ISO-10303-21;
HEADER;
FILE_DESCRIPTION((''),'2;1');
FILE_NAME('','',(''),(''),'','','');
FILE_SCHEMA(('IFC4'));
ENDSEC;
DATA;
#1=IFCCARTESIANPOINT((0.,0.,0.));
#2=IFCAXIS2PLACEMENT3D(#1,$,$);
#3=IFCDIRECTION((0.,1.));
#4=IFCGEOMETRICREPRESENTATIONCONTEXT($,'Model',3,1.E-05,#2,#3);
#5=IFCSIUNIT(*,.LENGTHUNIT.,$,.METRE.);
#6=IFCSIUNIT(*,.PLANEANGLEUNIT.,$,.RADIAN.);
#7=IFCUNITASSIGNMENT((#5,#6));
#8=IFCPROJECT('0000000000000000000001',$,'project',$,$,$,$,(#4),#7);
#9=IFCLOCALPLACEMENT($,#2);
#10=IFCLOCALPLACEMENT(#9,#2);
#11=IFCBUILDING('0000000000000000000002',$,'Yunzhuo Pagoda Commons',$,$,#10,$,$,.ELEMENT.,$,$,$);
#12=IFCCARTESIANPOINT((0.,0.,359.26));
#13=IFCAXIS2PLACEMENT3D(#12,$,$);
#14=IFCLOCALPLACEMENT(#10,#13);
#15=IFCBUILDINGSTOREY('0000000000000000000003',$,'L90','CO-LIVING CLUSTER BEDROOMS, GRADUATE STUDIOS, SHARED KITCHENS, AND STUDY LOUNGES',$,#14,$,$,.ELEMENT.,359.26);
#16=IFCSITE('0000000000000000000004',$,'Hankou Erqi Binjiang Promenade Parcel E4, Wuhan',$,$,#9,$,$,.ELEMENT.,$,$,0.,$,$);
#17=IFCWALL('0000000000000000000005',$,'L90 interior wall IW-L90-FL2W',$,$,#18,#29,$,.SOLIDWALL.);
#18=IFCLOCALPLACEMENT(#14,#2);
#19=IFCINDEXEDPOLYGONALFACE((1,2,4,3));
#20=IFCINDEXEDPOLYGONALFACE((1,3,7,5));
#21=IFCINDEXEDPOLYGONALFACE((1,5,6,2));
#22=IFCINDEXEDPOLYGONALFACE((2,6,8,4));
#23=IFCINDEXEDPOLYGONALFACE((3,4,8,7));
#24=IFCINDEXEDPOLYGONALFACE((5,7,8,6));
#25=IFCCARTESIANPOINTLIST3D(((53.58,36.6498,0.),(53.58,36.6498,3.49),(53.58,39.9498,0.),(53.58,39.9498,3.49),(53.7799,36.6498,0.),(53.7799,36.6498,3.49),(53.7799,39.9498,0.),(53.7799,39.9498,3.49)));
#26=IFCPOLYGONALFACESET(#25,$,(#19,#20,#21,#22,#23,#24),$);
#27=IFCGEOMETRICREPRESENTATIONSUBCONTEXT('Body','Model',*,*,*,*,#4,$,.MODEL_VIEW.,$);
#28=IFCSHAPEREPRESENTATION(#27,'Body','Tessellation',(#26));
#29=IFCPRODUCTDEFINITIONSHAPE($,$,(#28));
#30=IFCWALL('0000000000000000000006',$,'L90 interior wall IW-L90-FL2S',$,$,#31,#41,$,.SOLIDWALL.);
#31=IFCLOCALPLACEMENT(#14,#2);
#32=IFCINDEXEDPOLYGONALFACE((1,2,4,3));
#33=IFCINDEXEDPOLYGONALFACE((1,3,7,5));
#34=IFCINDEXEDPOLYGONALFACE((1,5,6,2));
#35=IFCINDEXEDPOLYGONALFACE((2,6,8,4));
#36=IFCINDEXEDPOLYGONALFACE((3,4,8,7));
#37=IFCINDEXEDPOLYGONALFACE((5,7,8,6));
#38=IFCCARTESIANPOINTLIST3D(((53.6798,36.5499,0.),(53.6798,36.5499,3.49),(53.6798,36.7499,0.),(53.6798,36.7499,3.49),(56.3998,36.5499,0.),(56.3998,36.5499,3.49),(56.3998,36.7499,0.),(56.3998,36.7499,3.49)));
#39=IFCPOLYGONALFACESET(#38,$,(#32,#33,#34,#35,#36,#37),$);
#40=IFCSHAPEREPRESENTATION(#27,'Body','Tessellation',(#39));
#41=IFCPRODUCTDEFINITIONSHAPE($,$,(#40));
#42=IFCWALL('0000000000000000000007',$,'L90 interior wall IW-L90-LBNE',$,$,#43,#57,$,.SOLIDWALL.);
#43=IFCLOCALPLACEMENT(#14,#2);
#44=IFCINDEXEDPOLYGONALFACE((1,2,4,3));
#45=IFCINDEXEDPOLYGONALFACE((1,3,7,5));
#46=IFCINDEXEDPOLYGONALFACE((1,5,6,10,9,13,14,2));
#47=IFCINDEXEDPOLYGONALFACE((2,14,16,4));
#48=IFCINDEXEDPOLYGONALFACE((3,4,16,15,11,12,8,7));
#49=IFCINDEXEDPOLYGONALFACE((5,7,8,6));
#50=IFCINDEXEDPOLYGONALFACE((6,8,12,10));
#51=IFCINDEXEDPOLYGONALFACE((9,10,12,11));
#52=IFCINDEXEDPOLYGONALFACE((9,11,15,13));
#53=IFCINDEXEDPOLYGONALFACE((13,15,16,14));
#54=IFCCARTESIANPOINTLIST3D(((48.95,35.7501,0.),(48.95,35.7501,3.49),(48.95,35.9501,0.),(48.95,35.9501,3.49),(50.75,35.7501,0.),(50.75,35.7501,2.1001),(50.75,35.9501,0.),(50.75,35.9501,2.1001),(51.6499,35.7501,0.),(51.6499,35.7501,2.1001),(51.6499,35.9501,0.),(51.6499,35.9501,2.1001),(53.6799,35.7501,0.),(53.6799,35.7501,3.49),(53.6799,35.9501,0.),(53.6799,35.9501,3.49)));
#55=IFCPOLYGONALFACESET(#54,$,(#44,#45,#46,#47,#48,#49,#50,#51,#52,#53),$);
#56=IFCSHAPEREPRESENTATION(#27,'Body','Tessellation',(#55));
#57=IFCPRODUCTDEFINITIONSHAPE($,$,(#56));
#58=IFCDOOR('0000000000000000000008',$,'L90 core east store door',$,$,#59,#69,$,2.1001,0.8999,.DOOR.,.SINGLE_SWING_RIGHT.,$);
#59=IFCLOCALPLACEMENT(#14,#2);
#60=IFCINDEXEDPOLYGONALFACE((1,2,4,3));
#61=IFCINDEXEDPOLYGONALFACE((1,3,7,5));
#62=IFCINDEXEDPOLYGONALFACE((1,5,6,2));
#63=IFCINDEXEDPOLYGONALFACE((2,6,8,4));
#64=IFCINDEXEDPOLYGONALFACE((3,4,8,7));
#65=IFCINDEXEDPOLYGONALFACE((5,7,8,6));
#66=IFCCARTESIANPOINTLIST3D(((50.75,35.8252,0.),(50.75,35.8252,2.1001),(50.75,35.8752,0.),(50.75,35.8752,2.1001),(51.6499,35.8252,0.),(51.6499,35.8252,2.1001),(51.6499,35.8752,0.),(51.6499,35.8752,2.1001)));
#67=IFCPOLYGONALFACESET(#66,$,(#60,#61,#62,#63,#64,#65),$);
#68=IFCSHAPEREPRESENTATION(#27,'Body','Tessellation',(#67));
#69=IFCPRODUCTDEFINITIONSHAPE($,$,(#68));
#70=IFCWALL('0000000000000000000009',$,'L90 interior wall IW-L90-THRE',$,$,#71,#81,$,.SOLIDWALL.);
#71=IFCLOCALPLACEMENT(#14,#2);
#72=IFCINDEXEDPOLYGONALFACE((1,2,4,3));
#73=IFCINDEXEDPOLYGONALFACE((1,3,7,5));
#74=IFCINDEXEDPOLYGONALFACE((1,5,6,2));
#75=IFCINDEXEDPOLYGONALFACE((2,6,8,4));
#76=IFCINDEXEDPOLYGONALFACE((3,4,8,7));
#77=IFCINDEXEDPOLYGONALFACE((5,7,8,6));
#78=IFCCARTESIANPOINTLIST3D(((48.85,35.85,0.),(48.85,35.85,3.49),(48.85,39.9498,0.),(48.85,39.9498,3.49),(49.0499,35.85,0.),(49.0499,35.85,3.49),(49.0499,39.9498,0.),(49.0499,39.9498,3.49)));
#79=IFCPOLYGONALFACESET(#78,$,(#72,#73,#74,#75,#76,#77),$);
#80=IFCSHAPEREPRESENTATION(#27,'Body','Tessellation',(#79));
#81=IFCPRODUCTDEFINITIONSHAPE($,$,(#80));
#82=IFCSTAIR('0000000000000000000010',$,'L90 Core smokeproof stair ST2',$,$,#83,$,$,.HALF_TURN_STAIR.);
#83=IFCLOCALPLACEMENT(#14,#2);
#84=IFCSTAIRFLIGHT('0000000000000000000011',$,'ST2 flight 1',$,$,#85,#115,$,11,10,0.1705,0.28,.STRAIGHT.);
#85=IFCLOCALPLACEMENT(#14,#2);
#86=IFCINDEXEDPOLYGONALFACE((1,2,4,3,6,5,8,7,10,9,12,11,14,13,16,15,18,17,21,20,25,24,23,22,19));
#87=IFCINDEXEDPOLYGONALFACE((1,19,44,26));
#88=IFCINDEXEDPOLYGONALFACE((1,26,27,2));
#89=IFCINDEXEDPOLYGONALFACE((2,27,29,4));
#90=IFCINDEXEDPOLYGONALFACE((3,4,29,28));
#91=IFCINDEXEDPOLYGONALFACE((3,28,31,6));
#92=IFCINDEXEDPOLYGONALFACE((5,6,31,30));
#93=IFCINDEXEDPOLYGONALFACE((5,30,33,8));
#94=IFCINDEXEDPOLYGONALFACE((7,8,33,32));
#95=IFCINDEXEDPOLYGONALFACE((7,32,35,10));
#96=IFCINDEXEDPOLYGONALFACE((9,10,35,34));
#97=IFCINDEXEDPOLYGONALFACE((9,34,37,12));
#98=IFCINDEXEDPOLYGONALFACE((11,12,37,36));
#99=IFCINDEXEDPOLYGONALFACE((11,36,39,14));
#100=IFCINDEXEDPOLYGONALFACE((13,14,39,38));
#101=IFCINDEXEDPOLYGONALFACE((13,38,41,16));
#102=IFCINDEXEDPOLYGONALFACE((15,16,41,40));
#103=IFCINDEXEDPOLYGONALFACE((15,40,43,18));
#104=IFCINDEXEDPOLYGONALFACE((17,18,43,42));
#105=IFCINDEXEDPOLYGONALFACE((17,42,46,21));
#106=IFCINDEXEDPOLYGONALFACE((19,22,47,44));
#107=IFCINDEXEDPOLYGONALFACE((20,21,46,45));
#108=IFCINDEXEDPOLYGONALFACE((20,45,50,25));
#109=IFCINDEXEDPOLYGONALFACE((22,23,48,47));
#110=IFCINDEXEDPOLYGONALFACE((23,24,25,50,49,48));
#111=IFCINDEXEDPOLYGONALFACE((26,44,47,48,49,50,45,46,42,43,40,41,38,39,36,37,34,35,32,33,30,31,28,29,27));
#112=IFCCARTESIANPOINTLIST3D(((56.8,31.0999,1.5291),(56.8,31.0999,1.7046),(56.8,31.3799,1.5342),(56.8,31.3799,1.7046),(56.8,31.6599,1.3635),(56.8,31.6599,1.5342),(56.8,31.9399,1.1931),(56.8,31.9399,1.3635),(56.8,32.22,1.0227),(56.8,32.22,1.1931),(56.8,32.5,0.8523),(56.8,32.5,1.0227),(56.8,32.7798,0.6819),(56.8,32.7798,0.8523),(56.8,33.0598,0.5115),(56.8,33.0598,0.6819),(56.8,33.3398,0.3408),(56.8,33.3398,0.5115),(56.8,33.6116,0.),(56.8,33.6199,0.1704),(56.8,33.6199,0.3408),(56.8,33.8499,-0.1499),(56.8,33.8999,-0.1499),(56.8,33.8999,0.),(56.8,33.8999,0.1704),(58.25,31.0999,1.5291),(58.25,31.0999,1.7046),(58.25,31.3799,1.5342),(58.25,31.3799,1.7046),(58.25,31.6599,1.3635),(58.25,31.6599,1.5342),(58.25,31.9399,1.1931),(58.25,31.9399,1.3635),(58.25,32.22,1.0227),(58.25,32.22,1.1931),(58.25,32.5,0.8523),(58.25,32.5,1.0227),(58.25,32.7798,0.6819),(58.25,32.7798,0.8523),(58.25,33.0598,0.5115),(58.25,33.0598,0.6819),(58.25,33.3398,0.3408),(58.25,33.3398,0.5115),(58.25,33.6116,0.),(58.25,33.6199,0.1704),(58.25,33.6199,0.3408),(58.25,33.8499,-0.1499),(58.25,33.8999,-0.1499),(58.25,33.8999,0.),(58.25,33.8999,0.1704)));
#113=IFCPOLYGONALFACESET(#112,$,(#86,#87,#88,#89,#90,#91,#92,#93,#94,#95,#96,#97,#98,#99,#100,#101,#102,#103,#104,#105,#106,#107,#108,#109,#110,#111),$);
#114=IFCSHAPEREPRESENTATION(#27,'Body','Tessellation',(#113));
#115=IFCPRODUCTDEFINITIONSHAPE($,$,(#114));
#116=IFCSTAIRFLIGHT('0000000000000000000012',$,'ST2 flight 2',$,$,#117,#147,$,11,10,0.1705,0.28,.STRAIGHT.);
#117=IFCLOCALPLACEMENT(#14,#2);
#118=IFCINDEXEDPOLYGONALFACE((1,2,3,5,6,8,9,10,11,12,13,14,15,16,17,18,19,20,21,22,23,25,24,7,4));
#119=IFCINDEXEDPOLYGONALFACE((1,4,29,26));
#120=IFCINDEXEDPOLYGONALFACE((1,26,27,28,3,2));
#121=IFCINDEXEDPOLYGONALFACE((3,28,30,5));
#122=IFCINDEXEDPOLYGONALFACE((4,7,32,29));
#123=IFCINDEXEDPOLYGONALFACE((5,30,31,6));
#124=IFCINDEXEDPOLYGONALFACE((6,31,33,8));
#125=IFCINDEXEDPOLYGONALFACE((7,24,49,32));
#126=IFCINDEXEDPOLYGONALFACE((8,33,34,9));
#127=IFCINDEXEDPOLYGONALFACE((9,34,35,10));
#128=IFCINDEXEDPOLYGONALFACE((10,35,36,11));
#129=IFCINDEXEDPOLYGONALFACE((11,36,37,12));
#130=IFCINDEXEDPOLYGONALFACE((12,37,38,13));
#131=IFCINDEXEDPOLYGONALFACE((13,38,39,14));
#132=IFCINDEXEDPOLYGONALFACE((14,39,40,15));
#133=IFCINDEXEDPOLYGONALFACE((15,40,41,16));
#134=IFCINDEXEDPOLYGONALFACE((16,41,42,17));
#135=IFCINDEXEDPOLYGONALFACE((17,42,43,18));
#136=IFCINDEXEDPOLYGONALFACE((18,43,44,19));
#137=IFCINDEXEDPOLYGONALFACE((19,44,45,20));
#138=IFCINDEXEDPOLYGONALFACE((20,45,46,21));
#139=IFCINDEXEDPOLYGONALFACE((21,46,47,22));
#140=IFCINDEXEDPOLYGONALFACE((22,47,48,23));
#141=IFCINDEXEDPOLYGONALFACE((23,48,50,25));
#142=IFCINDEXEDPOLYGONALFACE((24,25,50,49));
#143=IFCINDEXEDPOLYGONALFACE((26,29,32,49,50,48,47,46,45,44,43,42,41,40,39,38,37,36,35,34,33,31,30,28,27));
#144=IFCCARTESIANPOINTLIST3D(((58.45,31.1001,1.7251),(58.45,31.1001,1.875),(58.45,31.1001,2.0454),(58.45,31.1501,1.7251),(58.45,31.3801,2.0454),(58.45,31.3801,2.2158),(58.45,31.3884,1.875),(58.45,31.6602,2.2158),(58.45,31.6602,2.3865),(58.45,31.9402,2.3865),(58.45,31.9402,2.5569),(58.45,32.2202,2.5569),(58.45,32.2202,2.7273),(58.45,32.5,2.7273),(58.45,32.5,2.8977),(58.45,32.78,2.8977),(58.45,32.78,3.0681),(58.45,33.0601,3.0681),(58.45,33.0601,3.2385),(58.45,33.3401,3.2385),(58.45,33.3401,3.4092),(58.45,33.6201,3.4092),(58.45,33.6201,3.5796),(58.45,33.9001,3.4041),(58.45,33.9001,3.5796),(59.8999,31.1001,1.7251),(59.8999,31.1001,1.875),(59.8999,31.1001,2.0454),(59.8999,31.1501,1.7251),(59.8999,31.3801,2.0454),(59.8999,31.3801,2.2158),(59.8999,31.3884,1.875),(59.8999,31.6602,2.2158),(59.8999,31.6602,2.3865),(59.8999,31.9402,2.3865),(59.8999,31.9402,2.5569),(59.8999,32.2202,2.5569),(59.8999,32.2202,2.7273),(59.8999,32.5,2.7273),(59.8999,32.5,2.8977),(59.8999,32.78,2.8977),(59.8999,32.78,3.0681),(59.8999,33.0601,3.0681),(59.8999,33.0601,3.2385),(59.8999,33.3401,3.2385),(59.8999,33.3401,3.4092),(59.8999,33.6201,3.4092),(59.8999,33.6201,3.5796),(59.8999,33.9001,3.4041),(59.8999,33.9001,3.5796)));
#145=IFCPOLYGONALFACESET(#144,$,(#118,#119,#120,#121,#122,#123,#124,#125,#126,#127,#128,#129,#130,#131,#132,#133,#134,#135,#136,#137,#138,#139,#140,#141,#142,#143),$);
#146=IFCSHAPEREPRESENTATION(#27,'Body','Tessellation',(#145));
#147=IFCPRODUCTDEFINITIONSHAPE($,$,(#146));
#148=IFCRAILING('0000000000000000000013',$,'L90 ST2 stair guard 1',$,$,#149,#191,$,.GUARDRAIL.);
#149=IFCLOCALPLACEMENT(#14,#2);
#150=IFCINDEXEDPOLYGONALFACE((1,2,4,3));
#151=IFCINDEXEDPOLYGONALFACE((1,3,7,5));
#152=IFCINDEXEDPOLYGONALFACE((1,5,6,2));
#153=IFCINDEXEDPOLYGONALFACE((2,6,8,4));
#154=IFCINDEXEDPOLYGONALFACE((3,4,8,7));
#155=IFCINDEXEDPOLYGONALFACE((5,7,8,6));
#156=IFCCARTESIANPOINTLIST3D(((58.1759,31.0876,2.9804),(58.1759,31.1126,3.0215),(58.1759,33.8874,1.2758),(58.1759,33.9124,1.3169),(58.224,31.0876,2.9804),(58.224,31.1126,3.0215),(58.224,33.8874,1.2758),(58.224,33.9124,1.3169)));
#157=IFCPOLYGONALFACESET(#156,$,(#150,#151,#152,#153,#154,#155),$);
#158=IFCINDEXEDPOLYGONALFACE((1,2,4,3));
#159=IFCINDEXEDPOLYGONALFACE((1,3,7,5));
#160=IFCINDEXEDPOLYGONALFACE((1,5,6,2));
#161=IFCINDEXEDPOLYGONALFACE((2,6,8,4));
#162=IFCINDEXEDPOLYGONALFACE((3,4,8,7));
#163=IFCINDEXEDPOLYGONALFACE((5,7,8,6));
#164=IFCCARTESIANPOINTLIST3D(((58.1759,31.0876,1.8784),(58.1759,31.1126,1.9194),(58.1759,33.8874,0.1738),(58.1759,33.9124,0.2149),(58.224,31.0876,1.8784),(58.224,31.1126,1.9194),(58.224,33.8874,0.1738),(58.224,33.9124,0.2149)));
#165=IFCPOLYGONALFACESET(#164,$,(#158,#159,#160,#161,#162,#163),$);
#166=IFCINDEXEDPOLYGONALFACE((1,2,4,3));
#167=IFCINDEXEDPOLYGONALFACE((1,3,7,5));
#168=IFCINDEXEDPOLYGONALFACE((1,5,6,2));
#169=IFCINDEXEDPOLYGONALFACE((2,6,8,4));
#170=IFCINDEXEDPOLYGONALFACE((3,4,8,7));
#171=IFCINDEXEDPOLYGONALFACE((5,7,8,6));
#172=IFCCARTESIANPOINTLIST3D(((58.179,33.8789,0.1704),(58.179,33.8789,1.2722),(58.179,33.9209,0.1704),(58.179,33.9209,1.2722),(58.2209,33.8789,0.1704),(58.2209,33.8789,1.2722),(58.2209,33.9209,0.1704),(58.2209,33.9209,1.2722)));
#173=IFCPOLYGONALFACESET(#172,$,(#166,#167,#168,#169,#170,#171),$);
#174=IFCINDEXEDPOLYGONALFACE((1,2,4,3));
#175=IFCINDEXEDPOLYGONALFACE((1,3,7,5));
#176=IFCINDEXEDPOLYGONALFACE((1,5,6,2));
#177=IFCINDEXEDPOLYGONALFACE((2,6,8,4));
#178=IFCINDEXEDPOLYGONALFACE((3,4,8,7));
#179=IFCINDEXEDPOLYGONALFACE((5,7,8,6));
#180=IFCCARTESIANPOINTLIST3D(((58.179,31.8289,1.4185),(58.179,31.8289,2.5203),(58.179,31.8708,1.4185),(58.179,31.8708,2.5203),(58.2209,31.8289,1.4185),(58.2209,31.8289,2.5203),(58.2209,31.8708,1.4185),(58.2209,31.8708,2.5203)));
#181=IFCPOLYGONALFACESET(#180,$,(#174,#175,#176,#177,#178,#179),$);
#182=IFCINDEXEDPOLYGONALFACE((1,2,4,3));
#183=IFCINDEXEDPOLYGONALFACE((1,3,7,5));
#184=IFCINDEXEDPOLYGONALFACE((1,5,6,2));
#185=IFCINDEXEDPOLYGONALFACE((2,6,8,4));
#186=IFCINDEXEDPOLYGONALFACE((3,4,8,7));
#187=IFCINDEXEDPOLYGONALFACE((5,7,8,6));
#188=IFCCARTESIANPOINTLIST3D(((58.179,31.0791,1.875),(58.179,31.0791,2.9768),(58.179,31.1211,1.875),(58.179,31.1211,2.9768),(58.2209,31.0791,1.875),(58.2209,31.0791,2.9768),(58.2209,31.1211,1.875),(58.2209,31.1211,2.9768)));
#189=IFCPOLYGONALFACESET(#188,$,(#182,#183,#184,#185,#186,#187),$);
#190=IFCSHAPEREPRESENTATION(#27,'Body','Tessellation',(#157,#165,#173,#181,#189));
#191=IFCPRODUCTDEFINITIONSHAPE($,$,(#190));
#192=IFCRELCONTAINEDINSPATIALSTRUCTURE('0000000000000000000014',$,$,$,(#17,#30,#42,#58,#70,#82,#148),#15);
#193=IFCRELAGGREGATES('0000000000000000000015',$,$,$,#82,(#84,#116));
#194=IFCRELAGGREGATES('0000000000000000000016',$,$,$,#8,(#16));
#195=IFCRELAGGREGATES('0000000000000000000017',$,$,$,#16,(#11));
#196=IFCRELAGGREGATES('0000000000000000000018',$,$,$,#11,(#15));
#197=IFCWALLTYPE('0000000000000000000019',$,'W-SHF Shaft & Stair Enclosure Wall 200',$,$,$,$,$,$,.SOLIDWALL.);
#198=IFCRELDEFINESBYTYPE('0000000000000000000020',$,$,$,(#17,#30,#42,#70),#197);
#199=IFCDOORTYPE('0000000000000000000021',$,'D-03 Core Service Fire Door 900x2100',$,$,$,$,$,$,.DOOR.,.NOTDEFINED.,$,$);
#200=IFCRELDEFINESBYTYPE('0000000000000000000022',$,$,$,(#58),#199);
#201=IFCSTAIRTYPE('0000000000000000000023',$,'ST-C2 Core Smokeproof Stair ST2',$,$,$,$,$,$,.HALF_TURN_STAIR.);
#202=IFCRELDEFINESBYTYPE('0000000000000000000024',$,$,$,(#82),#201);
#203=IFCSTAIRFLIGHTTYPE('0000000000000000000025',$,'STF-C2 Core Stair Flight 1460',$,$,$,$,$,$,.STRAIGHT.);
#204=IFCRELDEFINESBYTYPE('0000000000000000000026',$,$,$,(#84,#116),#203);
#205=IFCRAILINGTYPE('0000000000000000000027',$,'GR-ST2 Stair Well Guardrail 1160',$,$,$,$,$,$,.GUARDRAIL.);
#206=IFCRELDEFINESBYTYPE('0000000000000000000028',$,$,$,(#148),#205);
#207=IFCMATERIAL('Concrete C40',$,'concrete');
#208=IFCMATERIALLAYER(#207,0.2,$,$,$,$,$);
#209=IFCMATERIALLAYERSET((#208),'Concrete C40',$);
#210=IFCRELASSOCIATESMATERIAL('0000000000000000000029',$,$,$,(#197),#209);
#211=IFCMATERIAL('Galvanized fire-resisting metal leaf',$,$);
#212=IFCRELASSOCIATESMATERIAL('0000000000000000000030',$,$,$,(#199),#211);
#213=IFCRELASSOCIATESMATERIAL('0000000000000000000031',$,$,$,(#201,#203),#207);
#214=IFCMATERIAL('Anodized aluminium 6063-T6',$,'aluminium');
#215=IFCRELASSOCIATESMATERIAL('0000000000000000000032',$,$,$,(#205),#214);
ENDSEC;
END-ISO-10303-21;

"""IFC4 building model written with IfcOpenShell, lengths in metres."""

from ifc_helpers import new_model, si_unit, direction, frame, frame_2d, origin, origin_2d, place, context, subcontext, project, spatial, polyline, rectangle, outline, extrude, source, transform, mapped, material, layer, layer_set, type_object, element, fill, aggregate, save


model = new_model("IFC4")

# Units and contexts
model_context = context("Model", 3, precision=1e-05, world=origin(), true_north=direction((0.0, 1.0)))
body_context = subcontext(model_context, "Body", "Model", "MODEL_VIEW")
ifc_project = project(units=[si_unit("LENGTHUNIT", "METRE"), si_unit("PLANEANGLEUNIT", "RADIAN")], contexts=[model_context])

# Site, building, storey
site_placement = place(None, origin())
site = spatial("IfcSite", under=ifc_project, at=site_placement, Name="Hankou Erqi Binjiang Promenade Parcel E4, Wuhan", CompositionType="ELEMENT", RefElevation=0.0)
building_placement = place(site_placement, origin())
building = spatial("IfcBuilding", under=site, at=building_placement, Name="Yunzhuo Pagoda Commons", CompositionType="ELEMENT")
storey_placement = place(building_placement, frame((0.0, 0.0, 359.26)))
storey = spatial("IfcBuildingStorey", under=building, at=storey_placement, Name="L90", Description="CO-LIVING CLUSTER BEDROOMS, GRADUATE STUDIOS, SHARED KITCHENS, AND STUDY LOUNGES", CompositionType="ELEMENT", Elevation=359.26)

# Shared definitions
ifc_material_1 = material(Name="Galvanized fire-resisting metal leaf")

# Walls
ifc_material_2 = material(Name="Concrete C40", Category="concrete")
ifc_layer_1 = layer(ifc_material_2, 0.2)
ifc_layer_set_1 = layer_set([ifc_layer_1], Name="Concrete C40")
wall_type_1 = type_object("IfcWallType", Name="W-SHF Shaft & Stair Enclosure Wall 200", PredefinedType="SOLIDWALL", material=ifc_layer_set_1)
wall_1_placement = place(storey_placement, frame((53.6799, 36.6499, 0.0), z_axis=(0.0, 0.0, 1.0), x_axis=(0.0, 1.0, 0.0)))
element("IfcWall", 1, at=wall_1_placement, inside=storey, type_object=wall_type_1, Name="L90 interior wall IW-L90-FL2W", PredefinedType="SOLIDWALL", context=body_context, shape_type="SweptSolid", body=[
    extrude(rectangle(XDim=3.3, YDim=0.2, at=frame_2d((1.6499, 0.0))), origin(), (0.0, 0.0, 1.0), 3.49),
])
wall_2_placement = place(storey_placement, frame((53.6799, 36.6499, 0.0), z_axis=(0.0, 0.0, 1.0), x_axis=(1.0, 0.0, 0.0)))
element("IfcWall", 2, at=wall_2_placement, inside=storey, type_object=wall_type_1, Name="L90 interior wall IW-L90-FL2S", PredefinedType="SOLIDWALL", context=body_context, shape_type="SweptSolid", body=[
    extrude(rectangle(XDim=2.72, YDim=0.2, at=frame_2d((1.3599, 0.0))), origin(), (0.0, 0.0, 1.0), 3.49),
])

# Wall, opening, door
wall_3_placement = place(storey_placement, frame((48.95, 35.8501, 0.0), z_axis=(0.0, 0.0, 1.0), x_axis=(1.0, 0.0, 0.0)))
wall_3 = element("IfcWall", 3, at=wall_3_placement, inside=storey, type_object=wall_type_1, Name="L90 interior wall IW-L90-LBNE", PredefinedType="SOLIDWALL", context=body_context, shape_type="SweptSolid", body=[
    extrude(rectangle(XDim=4.73, YDim=0.2, at=frame_2d((2.365, 0.0))), origin(), (0.0, 0.0, 1.0), 3.49),
])
opening_1_placement = place(wall_3_placement, frame((1.8, 0.0, 0.0)))
opening_1 = element("IfcOpeningElement", 4, at=opening_1_placement, cuts=wall_3, PredefinedType="OPENING", context=body_context, shape_type="SweptSolid", body=[
    extrude(rectangle(XDim=0.8999, YDim=2.1001, at=frame_2d((0.45, 1.05))), frame((0.0, 0.1099, 0.0), z_axis=(0.0, -1.0, 0.0), x_axis=(1.0, 0.0, 0.0)), (0.0, 0.0, 1.0), 0.22),
])
door_type_1 = type_object("IfcDoorType", Name="D-03 Core Service Fire Door 900x2100", OperationType="NOTDEFINED", PredefinedType="DOOR", material=ifc_material_1)
shared_shape_1 = source(origin(), body_context, "Body", "SweptSolid", [
    extrude(rectangle(XDim=0.8999, YDim=2.1001, at=frame_2d((0.45, 1.05))), frame((0.0, 0.0249, 0.0), z_axis=(0.0, -1.0, 0.0), x_axis=(1.0, 0.0, 0.0)), (0.0, 0.0, 1.0), 0.05),
])
door_1_placement = place(opening_1_placement, frame((0.8999, 0.0, 0.0), z_axis=(0.0, 0.0, 1.0), x_axis=(-1.0, 0.0, 0.0)))
door_1 = element("IfcDoor", 5, at=door_1_placement, inside=storey, type_object=door_type_1, Name="L90 core east store door", OperationType="SINGLE_SWING_RIGHT", OverallHeight=2.1001, OverallWidth=0.8999, PredefinedType="DOOR", context=body_context, shape_type="MappedRepresentation", body=[
    mapped(shared_shape_1, transform((0.0, 0.0, 0.0), scale=1.0)),
])
fill(opening_1, door_1)

# Wall
wall_4_placement = place(storey_placement, frame((48.95, 35.8501, 0.0), z_axis=(0.0, 0.0, 1.0), x_axis=(0.0, 1.0, 0.0)))
element("IfcWall", 6, at=wall_4_placement, inside=storey, type_object=wall_type_1, Name="L90 interior wall IW-L90-THRE", PredefinedType="SOLIDWALL", context=body_context, shape_type="SweptSolid", body=[
    extrude(rectangle(XDim=4.0999, YDim=0.2, at=frame_2d((2.0498, 0.0))), origin(), (0.0, 0.0, 1.0), 3.49),
])

# Stair, stair flights
stair_type = type_object("IfcStairType", Name="ST-C2 Core Smokeproof Stair ST2", PredefinedType="HALF_TURN_STAIR", material=ifc_material_2)
stair_placement = place(storey_placement, origin())
stair = element("IfcStair", 7, at=stair_placement, inside=storey, type_object=stair_type, Name="L90 Core smokeproof stair ST2", PredefinedType="HALF_TURN_STAIR")
stair_flight_type = type_object("IfcStairFlightType", Name="STF-C2 Core Stair Flight 1460", PredefinedType="STRAIGHT", material=ifc_material_2)
shared_shape_2 = source(origin(), body_context, "Body", "SweptSolid", [
    extrude(outline(polyline([(0.0, -0.1499), (0.0, 0.0), (0.0, 0.1704), (0.28, 0.1704), (0.28, 0.3408), (0.5601, 0.3408), (0.5601, 0.5115), (0.8401, 0.5115), (0.8401, 0.6819), (1.1201, 0.6819), (1.1201, 0.8523), (1.3999, 0.8523), (1.3999, 1.0227), (1.6799, 1.0227), (1.6799, 1.1931), (1.96, 1.1931), (1.96, 1.3635), (2.24, 1.3635), (2.24, 1.5342), (2.52, 1.5342), (2.52, 1.7046), (2.8, 1.7046), (2.8, 1.875), (2.8, 1.5291), (0.2883, 0.0), (0.05, -0.1499), (0.0, -0.1499)])), frame((0.0, 0.7251, 0.0), z_axis=(0.0, -1.0, 0.0), x_axis=(1.0, 0.0, 0.0)), (0.0, 0.0, 1.0), 1.45),
])
stair_flight_1_placement = place(storey_placement, frame((57.5249, 33.8999, 0.0), z_axis=(0.0, 0.0, 1.0), x_axis=(0.0, -1.0, 0.0)))
stair_flight_1 = element("IfcStairFlight", 8, at=stair_flight_1_placement, type_object=stair_flight_type, Name="ST2 flight 1", NumberOfRisers=11, NumberOfTreads=10, PredefinedType="STRAIGHT", RiserHeight=0.1705, TreadLength=0.28, context=body_context, shape_type="MappedRepresentation", body=[
    mapped(shared_shape_2, transform((0.0, 0.0, 0.0), scale=1.0)),
])
stair_flight_2_placement = place(storey_placement, frame((59.175, 31.1001, 1.875), z_axis=(0.0, 0.0, 1.0), x_axis=(0.0, 1.0, 0.0)))
stair_flight_2 = element("IfcStairFlight", 9, at=stair_flight_2_placement, type_object=stair_flight_type, Name="ST2 flight 2", NumberOfRisers=11, NumberOfTreads=10, PredefinedType="STRAIGHT", RiserHeight=0.1705, TreadLength=0.28, context=body_context, shape_type="MappedRepresentation", body=[
    mapped(shared_shape_2, transform((0.0, 0.0, 0.0), scale=1.0)),
])
aggregate(stair, [stair_flight_1, stair_flight_2])

# Railing
ifc_material_3 = material(Name="Anodized aluminium 6063-T6", Category="aluminium")
railing_type_1 = type_object("IfcRailingType", Name="GR-ST2 Stair Well Guardrail 1160", PredefinedType="GUARDRAIL", material=ifc_material_3)
railing_1_placement = place(storey_placement, frame((58.2, 33.8999, 0.1704)))
element("IfcRailing", 10, at=railing_1_placement, inside=storey, type_object=railing_type_1, Name="L90 ST2 stair guard 1", PredefinedType="GUARDRAIL", context=body_context, shape_type="SweptSolid", body=[
    extrude(rectangle(XDim=0.0481, YDim=0.0481, at=origin_2d()), frame((0.0, 0.0, 1.126), z_axis=(0.0, -0.85415, 0.520027), x_axis=(1.0, 0.0, 0.0)), (0.0, 0.0, 1.0), 3.2778),
    extrude(rectangle(XDim=0.0481, YDim=0.0481, at=origin_2d()), frame((0.0, 0.0, 0.0239), z_axis=(0.0, -0.85415, 0.520027), x_axis=(1.0, 0.0, 0.0)), (0.0, 0.0, 1.0), 3.2778),
    extrude(rectangle(XDim=0.042, YDim=0.042, at=origin_2d()), origin(), (0.0, 0.0, 1.0), 1.1018),
    extrude(rectangle(XDim=0.042, YDim=0.042, at=origin_2d()), frame((0.0, -2.05, 1.248)), (0.0, 0.0, 1.0), 1.1018),
    extrude(rectangle(XDim=0.042, YDim=0.042, at=origin_2d()), frame((0.0, -2.7998, 1.7046)), (0.0, 0.0, 1.0), 1.1018),
])

save(model, "model.ifc")
